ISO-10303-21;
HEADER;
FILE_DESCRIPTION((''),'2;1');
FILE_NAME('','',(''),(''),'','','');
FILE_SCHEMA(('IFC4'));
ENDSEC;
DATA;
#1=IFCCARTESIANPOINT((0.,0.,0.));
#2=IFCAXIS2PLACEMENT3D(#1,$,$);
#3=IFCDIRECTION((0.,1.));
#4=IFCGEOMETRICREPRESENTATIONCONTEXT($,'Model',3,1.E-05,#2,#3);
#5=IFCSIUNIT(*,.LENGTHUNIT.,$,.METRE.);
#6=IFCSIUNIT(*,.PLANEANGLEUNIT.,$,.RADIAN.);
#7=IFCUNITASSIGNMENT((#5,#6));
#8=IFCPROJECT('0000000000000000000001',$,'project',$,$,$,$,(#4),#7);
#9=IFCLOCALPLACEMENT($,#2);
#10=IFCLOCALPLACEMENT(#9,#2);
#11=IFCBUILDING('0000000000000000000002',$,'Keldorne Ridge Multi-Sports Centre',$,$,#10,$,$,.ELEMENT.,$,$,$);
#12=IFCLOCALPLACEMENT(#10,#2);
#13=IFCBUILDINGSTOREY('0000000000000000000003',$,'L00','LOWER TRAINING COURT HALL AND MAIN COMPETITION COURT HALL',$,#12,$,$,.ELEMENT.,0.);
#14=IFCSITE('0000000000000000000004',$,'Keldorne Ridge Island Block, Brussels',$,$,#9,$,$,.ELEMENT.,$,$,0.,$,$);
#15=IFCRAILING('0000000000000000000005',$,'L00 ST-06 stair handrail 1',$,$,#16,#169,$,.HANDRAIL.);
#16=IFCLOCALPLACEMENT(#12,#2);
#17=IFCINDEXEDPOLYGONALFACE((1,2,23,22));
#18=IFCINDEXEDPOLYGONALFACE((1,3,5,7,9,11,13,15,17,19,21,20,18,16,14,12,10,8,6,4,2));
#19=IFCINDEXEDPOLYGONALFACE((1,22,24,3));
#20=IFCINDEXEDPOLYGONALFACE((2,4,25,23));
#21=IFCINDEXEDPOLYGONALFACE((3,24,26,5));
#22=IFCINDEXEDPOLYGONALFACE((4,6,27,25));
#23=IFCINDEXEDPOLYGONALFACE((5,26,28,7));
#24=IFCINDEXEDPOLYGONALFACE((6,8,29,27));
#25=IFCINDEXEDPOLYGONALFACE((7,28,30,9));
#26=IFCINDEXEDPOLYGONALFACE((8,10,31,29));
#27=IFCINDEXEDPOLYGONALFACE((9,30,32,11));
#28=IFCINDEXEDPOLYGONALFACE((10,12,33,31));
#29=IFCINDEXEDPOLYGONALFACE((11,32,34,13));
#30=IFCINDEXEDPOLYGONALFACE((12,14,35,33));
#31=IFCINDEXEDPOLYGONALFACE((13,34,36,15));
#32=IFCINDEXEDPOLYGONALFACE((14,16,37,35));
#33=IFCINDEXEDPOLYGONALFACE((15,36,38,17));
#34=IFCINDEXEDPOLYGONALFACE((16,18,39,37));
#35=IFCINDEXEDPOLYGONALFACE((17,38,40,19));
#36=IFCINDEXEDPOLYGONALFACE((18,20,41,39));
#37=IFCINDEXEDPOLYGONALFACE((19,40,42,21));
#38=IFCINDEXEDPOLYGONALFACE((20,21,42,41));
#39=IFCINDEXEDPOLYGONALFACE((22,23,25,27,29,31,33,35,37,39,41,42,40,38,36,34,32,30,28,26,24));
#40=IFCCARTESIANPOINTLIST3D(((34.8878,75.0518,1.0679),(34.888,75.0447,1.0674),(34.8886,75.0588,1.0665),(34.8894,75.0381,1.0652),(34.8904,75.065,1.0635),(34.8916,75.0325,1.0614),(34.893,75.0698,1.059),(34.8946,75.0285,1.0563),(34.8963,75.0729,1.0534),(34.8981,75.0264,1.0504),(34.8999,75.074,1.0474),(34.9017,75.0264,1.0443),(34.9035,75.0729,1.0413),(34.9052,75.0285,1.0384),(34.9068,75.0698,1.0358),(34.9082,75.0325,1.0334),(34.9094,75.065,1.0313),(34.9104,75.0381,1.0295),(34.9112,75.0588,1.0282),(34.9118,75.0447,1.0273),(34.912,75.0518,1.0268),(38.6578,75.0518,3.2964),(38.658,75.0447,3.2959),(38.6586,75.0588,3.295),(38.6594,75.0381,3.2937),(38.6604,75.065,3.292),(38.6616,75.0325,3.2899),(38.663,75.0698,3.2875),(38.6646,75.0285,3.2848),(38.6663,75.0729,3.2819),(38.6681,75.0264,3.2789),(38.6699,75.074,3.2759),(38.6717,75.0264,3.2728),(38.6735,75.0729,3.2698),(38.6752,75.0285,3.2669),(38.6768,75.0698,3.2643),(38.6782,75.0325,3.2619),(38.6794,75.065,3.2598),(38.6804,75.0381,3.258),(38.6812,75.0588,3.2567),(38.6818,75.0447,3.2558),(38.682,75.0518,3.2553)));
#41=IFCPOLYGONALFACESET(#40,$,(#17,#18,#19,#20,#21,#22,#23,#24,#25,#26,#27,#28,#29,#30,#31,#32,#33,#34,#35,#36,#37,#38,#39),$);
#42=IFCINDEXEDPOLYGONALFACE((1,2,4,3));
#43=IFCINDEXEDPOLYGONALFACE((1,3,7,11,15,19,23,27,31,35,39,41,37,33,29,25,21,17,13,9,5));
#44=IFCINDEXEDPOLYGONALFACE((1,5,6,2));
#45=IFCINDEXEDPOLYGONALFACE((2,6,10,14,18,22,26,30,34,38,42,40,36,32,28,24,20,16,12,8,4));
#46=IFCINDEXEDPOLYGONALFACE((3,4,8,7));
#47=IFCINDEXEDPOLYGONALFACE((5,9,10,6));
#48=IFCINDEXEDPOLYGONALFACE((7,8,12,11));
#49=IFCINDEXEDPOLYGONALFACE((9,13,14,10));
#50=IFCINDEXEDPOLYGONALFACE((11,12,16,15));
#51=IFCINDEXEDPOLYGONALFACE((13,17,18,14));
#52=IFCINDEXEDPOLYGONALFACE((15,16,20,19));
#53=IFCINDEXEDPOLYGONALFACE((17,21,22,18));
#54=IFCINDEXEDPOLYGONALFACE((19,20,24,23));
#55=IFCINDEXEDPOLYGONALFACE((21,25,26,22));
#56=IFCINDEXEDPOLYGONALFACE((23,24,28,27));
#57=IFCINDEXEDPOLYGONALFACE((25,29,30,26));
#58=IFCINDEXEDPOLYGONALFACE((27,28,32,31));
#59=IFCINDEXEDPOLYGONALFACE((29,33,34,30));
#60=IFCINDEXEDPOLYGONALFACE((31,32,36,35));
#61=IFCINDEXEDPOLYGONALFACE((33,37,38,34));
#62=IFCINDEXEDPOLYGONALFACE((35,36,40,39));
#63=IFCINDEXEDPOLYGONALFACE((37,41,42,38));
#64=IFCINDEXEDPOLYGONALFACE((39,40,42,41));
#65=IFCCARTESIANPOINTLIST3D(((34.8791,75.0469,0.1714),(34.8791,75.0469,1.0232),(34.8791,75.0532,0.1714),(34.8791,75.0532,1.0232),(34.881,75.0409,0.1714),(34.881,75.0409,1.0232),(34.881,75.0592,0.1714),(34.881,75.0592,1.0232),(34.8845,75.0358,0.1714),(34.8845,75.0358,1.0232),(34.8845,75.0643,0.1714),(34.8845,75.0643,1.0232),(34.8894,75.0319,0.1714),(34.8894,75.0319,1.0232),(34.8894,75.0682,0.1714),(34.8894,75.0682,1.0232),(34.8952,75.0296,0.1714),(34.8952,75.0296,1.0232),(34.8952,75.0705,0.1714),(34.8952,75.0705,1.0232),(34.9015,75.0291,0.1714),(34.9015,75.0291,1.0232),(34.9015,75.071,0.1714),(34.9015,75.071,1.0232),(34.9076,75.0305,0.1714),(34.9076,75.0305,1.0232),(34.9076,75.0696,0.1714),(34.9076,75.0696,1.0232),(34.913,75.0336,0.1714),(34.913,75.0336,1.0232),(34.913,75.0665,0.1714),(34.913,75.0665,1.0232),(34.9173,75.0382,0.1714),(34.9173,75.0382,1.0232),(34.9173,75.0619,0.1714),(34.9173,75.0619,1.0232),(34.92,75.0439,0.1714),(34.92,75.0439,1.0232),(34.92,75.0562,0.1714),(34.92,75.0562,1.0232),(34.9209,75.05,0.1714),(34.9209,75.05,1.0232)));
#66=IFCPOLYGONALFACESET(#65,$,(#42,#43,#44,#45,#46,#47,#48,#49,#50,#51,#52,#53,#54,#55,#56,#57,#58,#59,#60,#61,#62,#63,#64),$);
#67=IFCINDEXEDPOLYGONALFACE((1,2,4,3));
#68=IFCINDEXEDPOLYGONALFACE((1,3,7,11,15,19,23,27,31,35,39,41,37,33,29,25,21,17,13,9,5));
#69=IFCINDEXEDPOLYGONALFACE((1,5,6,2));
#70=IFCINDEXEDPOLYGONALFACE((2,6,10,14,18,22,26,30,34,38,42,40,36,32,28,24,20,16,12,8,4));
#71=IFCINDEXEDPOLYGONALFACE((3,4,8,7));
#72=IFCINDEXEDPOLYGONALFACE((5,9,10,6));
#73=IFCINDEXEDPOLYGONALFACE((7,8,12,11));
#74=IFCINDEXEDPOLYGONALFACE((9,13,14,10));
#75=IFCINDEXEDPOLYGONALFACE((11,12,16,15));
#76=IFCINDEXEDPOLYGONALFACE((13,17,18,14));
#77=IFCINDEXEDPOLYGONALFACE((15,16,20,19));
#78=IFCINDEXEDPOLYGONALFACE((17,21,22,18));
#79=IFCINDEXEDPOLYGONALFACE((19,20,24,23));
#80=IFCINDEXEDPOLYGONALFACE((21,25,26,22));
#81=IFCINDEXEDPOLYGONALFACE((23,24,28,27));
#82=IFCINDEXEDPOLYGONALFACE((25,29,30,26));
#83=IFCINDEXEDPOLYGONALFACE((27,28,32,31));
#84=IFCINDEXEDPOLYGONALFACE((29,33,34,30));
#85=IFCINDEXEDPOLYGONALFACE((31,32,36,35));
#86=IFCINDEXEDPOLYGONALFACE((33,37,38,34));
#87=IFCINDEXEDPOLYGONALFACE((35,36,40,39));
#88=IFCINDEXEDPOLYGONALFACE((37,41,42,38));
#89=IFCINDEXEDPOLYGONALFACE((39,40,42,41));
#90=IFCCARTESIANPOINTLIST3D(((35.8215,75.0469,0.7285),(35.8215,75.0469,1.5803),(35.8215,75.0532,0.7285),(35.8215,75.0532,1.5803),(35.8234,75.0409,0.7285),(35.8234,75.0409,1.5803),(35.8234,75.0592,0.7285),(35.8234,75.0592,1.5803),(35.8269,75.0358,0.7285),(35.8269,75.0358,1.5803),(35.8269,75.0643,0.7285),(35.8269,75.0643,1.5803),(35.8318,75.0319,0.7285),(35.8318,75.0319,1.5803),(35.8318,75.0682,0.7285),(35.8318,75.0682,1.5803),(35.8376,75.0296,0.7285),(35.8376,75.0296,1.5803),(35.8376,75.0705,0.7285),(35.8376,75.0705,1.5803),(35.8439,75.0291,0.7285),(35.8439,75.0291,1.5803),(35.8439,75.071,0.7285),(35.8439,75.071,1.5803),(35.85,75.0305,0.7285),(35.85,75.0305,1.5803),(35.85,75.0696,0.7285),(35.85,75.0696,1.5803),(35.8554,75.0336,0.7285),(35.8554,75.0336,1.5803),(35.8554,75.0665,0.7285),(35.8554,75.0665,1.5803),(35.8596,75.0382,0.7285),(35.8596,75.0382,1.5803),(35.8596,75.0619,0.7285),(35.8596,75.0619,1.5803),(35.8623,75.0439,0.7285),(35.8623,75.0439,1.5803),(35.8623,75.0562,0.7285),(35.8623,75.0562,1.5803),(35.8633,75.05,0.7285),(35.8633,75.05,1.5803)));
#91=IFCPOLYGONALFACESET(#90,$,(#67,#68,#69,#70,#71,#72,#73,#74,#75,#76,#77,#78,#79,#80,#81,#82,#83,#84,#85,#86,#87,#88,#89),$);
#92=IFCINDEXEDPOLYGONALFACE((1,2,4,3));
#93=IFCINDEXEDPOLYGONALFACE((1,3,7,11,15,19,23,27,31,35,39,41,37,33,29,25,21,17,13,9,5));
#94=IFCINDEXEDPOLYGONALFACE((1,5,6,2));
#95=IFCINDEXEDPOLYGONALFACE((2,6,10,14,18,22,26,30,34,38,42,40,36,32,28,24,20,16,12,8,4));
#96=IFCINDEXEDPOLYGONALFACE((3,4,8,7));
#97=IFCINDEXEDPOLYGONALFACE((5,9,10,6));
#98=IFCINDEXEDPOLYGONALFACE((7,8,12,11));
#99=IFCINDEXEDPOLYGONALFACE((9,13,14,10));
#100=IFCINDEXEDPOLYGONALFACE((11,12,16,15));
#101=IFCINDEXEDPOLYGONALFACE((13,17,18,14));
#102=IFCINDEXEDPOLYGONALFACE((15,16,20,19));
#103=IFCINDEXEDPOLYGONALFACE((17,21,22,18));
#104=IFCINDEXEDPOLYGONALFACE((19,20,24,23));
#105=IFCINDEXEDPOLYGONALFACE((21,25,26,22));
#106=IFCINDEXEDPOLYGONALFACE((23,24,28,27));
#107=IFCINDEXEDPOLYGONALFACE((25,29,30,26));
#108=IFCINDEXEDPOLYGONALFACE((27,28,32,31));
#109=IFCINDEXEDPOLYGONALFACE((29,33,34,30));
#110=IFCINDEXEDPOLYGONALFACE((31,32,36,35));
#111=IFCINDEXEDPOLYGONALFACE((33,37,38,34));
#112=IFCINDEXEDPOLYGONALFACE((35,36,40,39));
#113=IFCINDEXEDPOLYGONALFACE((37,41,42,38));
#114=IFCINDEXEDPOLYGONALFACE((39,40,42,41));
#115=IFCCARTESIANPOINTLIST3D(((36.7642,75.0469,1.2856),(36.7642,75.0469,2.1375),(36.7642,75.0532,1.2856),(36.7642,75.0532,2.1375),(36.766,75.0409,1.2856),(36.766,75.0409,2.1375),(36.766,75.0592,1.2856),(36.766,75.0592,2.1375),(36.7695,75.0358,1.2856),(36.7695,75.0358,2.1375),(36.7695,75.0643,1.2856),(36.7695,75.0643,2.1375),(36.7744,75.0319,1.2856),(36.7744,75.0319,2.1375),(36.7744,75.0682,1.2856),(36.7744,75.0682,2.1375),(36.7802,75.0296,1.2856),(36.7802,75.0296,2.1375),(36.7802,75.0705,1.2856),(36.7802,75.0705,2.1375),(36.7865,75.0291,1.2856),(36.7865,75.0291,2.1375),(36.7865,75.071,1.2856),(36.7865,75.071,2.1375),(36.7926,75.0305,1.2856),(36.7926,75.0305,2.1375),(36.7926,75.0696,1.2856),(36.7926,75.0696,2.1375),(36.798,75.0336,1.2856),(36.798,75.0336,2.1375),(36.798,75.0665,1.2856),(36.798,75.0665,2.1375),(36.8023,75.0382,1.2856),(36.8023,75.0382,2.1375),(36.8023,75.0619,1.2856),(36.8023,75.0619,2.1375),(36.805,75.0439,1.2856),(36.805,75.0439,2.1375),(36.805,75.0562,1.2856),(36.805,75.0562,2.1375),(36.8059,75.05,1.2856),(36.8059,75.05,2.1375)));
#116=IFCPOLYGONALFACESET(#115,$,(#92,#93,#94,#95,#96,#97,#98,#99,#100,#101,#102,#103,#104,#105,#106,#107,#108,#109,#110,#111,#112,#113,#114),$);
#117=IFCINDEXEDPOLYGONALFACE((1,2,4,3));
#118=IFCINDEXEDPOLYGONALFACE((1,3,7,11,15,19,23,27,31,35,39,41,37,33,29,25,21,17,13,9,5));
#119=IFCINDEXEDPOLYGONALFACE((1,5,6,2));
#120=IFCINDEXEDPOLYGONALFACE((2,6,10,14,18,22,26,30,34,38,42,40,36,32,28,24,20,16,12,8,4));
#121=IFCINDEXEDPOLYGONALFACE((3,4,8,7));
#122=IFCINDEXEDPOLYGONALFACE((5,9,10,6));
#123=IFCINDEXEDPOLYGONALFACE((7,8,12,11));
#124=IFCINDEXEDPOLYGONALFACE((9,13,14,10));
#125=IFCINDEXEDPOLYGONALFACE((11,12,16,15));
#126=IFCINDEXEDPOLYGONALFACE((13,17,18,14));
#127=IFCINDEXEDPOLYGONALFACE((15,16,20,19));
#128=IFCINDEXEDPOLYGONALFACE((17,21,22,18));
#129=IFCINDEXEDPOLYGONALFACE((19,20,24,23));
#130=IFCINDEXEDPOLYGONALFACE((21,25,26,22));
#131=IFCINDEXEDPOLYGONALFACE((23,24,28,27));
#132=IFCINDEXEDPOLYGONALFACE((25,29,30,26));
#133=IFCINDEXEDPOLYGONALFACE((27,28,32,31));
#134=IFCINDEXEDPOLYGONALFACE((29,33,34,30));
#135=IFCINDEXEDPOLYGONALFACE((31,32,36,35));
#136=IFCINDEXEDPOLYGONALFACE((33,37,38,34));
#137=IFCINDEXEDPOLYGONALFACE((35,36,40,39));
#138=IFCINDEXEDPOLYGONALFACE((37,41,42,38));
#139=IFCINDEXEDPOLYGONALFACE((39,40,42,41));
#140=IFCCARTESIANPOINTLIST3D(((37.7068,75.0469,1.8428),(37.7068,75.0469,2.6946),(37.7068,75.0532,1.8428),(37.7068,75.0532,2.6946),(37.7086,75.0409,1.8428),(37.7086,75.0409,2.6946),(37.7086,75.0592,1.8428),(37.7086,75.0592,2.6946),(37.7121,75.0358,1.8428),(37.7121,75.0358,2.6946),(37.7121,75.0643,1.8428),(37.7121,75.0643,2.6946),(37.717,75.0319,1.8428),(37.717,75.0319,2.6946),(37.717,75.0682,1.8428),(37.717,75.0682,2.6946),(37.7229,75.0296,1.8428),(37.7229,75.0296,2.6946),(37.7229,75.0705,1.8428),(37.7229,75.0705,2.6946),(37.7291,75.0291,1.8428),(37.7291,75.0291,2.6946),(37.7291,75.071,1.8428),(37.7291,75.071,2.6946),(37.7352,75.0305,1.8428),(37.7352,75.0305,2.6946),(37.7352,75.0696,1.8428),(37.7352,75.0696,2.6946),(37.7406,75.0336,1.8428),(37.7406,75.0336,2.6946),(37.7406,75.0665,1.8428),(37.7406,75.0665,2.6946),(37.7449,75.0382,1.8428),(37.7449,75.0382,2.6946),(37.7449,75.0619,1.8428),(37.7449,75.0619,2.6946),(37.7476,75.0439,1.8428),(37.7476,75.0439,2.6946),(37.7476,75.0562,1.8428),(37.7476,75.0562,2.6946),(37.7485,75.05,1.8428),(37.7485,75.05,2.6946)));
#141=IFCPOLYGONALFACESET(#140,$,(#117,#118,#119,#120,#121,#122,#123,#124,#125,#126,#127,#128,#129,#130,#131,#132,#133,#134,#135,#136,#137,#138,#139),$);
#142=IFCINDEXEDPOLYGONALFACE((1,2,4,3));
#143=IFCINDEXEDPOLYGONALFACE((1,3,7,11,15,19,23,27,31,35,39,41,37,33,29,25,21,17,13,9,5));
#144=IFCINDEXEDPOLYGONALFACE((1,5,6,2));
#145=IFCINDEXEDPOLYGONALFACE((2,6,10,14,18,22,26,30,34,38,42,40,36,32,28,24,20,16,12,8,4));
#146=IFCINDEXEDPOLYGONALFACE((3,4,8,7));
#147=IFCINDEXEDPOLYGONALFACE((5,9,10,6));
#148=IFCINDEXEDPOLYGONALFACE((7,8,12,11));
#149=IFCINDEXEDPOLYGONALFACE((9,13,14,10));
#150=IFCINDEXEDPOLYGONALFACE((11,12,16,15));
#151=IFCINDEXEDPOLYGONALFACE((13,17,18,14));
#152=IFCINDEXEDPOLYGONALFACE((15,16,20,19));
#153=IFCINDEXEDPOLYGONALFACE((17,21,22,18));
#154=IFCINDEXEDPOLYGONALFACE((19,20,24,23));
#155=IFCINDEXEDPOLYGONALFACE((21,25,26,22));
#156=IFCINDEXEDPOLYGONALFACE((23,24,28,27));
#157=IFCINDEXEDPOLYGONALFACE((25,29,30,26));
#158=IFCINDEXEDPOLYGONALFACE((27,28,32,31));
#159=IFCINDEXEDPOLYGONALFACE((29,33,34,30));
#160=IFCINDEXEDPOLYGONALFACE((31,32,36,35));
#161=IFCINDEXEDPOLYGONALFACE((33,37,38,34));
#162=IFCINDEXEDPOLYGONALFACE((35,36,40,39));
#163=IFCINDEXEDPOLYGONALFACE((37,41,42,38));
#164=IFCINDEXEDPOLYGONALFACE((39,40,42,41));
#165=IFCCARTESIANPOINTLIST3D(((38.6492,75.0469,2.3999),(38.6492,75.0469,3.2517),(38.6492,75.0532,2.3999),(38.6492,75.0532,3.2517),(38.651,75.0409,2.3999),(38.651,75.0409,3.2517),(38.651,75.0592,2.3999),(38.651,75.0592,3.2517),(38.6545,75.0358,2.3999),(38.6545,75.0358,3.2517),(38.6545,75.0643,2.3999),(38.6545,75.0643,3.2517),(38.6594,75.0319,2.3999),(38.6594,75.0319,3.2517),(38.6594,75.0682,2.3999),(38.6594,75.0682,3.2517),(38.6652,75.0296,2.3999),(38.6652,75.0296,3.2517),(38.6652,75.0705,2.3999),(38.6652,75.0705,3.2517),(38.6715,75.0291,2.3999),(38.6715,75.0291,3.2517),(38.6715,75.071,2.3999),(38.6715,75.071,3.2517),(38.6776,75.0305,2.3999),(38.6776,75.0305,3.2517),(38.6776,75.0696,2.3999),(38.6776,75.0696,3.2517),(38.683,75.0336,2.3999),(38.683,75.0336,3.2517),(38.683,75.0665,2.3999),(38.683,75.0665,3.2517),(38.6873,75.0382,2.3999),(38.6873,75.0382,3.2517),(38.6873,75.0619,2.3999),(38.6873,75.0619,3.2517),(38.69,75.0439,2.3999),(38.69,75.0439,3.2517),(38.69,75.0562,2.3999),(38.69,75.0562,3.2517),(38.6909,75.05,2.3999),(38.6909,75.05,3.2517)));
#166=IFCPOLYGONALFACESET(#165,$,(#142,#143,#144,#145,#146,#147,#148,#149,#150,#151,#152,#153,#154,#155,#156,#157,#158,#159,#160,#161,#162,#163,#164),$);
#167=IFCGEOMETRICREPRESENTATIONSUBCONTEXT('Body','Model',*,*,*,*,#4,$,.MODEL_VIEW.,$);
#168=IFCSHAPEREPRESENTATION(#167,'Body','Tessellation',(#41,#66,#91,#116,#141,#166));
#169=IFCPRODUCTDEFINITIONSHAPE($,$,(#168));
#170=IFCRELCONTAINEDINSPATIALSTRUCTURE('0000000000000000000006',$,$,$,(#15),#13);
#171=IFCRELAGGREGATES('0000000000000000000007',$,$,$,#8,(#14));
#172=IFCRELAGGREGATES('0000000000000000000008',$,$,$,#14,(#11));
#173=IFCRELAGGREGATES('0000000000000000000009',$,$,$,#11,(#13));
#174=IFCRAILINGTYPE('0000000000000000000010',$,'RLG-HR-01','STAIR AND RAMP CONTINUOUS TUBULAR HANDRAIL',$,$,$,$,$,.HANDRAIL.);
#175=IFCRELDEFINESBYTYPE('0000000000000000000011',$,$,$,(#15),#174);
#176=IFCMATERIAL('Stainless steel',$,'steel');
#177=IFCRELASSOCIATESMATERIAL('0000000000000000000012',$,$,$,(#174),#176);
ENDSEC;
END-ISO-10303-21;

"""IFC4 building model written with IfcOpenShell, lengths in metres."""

from ifc_helpers import new_model, si_unit, direction, frame, origin, origin_2d, place, context, subcontext, project, spatial, circle, extrude, material, type_object, element, save


model = new_model("IFC4")

# Units and contexts
model_context = context("Model", 3, precision=1e-05, world=origin(), true_north=direction((0.0, 1.0)))
body_context = subcontext(model_context, "Body", "Model", "MODEL_VIEW")
ifc_project = project(units=[si_unit("LENGTHUNIT", "METRE"), si_unit("PLANEANGLEUNIT", "RADIAN")], contexts=[model_context])

# Site, building, storey
site_placement = place(None, origin())
site = spatial("IfcSite", under=ifc_project, at=site_placement, Name="Keldorne Ridge Island Block, Brussels", CompositionType="ELEMENT", RefElevation=0.0)
building_placement = place(site_placement, origin())
building = spatial("IfcBuilding", under=site, at=building_placement, Name="Keldorne Ridge Multi-Sports Centre", CompositionType="ELEMENT")
storey_placement = place(building_placement, origin())
storey = spatial("IfcBuildingStorey", under=building, at=storey_placement, Name="L00", Description="LOWER TRAINING COURT HALL AND MAIN COMPETITION COURT HALL", CompositionType="ELEMENT", Elevation=0.0)

# Railing
ifc_material_1 = material(Name="Stainless steel", Category="steel")
railing_type_1 = type_object("IfcRailingType", Name="RLG-HR-01", Description="STAIR AND RAMP CONTINUOUS TUBULAR HANDRAIL", PredefinedType="HANDRAIL", material=ifc_material_1)
railing_1_placement = place(storey_placement, frame((34.8999, 75.05, 0.1714)))
element("IfcRailing", 1, at=railing_1_placement, inside=storey, type_object=railing_type_1, Name="L00 ST-06 stair handrail 1", PredefinedType="HANDRAIL", context=body_context, shape_type="SweptSolid", body=[
    extrude(circle(Radius=0.0239, at=origin_2d()), frame((0.0, 0.0, 0.876), z_axis=(0.860849, 0.0, 0.508861), x_axis=(0.0, 1.0, 0.0)), (0.0, 0.0, 1.0), 4.3794),
    extrude(circle(Radius=0.021, at=origin_2d()), origin(), (0.0, 0.0, 1.0), 0.8518),
    extrude(circle(Radius=0.021, at=origin_2d()), frame((0.9424, 0.0, 0.5571)), (0.0, 0.0, 1.0), 0.8518),
    extrude(circle(Radius=0.021, at=origin_2d()), frame((1.885, 0.0, 1.1143)), (0.0, 0.0, 1.0), 0.8518),
    extrude(circle(Radius=0.021, at=origin_2d()), frame((2.8276, 0.0, 1.6714)), (0.0, 0.0, 1.0), 0.8518),
    extrude(circle(Radius=0.021, at=origin_2d()), frame((3.77, 0.0, 2.2285)), (0.0, 0.0, 1.0), 0.8518),
])

save(model, "model.ifc")
